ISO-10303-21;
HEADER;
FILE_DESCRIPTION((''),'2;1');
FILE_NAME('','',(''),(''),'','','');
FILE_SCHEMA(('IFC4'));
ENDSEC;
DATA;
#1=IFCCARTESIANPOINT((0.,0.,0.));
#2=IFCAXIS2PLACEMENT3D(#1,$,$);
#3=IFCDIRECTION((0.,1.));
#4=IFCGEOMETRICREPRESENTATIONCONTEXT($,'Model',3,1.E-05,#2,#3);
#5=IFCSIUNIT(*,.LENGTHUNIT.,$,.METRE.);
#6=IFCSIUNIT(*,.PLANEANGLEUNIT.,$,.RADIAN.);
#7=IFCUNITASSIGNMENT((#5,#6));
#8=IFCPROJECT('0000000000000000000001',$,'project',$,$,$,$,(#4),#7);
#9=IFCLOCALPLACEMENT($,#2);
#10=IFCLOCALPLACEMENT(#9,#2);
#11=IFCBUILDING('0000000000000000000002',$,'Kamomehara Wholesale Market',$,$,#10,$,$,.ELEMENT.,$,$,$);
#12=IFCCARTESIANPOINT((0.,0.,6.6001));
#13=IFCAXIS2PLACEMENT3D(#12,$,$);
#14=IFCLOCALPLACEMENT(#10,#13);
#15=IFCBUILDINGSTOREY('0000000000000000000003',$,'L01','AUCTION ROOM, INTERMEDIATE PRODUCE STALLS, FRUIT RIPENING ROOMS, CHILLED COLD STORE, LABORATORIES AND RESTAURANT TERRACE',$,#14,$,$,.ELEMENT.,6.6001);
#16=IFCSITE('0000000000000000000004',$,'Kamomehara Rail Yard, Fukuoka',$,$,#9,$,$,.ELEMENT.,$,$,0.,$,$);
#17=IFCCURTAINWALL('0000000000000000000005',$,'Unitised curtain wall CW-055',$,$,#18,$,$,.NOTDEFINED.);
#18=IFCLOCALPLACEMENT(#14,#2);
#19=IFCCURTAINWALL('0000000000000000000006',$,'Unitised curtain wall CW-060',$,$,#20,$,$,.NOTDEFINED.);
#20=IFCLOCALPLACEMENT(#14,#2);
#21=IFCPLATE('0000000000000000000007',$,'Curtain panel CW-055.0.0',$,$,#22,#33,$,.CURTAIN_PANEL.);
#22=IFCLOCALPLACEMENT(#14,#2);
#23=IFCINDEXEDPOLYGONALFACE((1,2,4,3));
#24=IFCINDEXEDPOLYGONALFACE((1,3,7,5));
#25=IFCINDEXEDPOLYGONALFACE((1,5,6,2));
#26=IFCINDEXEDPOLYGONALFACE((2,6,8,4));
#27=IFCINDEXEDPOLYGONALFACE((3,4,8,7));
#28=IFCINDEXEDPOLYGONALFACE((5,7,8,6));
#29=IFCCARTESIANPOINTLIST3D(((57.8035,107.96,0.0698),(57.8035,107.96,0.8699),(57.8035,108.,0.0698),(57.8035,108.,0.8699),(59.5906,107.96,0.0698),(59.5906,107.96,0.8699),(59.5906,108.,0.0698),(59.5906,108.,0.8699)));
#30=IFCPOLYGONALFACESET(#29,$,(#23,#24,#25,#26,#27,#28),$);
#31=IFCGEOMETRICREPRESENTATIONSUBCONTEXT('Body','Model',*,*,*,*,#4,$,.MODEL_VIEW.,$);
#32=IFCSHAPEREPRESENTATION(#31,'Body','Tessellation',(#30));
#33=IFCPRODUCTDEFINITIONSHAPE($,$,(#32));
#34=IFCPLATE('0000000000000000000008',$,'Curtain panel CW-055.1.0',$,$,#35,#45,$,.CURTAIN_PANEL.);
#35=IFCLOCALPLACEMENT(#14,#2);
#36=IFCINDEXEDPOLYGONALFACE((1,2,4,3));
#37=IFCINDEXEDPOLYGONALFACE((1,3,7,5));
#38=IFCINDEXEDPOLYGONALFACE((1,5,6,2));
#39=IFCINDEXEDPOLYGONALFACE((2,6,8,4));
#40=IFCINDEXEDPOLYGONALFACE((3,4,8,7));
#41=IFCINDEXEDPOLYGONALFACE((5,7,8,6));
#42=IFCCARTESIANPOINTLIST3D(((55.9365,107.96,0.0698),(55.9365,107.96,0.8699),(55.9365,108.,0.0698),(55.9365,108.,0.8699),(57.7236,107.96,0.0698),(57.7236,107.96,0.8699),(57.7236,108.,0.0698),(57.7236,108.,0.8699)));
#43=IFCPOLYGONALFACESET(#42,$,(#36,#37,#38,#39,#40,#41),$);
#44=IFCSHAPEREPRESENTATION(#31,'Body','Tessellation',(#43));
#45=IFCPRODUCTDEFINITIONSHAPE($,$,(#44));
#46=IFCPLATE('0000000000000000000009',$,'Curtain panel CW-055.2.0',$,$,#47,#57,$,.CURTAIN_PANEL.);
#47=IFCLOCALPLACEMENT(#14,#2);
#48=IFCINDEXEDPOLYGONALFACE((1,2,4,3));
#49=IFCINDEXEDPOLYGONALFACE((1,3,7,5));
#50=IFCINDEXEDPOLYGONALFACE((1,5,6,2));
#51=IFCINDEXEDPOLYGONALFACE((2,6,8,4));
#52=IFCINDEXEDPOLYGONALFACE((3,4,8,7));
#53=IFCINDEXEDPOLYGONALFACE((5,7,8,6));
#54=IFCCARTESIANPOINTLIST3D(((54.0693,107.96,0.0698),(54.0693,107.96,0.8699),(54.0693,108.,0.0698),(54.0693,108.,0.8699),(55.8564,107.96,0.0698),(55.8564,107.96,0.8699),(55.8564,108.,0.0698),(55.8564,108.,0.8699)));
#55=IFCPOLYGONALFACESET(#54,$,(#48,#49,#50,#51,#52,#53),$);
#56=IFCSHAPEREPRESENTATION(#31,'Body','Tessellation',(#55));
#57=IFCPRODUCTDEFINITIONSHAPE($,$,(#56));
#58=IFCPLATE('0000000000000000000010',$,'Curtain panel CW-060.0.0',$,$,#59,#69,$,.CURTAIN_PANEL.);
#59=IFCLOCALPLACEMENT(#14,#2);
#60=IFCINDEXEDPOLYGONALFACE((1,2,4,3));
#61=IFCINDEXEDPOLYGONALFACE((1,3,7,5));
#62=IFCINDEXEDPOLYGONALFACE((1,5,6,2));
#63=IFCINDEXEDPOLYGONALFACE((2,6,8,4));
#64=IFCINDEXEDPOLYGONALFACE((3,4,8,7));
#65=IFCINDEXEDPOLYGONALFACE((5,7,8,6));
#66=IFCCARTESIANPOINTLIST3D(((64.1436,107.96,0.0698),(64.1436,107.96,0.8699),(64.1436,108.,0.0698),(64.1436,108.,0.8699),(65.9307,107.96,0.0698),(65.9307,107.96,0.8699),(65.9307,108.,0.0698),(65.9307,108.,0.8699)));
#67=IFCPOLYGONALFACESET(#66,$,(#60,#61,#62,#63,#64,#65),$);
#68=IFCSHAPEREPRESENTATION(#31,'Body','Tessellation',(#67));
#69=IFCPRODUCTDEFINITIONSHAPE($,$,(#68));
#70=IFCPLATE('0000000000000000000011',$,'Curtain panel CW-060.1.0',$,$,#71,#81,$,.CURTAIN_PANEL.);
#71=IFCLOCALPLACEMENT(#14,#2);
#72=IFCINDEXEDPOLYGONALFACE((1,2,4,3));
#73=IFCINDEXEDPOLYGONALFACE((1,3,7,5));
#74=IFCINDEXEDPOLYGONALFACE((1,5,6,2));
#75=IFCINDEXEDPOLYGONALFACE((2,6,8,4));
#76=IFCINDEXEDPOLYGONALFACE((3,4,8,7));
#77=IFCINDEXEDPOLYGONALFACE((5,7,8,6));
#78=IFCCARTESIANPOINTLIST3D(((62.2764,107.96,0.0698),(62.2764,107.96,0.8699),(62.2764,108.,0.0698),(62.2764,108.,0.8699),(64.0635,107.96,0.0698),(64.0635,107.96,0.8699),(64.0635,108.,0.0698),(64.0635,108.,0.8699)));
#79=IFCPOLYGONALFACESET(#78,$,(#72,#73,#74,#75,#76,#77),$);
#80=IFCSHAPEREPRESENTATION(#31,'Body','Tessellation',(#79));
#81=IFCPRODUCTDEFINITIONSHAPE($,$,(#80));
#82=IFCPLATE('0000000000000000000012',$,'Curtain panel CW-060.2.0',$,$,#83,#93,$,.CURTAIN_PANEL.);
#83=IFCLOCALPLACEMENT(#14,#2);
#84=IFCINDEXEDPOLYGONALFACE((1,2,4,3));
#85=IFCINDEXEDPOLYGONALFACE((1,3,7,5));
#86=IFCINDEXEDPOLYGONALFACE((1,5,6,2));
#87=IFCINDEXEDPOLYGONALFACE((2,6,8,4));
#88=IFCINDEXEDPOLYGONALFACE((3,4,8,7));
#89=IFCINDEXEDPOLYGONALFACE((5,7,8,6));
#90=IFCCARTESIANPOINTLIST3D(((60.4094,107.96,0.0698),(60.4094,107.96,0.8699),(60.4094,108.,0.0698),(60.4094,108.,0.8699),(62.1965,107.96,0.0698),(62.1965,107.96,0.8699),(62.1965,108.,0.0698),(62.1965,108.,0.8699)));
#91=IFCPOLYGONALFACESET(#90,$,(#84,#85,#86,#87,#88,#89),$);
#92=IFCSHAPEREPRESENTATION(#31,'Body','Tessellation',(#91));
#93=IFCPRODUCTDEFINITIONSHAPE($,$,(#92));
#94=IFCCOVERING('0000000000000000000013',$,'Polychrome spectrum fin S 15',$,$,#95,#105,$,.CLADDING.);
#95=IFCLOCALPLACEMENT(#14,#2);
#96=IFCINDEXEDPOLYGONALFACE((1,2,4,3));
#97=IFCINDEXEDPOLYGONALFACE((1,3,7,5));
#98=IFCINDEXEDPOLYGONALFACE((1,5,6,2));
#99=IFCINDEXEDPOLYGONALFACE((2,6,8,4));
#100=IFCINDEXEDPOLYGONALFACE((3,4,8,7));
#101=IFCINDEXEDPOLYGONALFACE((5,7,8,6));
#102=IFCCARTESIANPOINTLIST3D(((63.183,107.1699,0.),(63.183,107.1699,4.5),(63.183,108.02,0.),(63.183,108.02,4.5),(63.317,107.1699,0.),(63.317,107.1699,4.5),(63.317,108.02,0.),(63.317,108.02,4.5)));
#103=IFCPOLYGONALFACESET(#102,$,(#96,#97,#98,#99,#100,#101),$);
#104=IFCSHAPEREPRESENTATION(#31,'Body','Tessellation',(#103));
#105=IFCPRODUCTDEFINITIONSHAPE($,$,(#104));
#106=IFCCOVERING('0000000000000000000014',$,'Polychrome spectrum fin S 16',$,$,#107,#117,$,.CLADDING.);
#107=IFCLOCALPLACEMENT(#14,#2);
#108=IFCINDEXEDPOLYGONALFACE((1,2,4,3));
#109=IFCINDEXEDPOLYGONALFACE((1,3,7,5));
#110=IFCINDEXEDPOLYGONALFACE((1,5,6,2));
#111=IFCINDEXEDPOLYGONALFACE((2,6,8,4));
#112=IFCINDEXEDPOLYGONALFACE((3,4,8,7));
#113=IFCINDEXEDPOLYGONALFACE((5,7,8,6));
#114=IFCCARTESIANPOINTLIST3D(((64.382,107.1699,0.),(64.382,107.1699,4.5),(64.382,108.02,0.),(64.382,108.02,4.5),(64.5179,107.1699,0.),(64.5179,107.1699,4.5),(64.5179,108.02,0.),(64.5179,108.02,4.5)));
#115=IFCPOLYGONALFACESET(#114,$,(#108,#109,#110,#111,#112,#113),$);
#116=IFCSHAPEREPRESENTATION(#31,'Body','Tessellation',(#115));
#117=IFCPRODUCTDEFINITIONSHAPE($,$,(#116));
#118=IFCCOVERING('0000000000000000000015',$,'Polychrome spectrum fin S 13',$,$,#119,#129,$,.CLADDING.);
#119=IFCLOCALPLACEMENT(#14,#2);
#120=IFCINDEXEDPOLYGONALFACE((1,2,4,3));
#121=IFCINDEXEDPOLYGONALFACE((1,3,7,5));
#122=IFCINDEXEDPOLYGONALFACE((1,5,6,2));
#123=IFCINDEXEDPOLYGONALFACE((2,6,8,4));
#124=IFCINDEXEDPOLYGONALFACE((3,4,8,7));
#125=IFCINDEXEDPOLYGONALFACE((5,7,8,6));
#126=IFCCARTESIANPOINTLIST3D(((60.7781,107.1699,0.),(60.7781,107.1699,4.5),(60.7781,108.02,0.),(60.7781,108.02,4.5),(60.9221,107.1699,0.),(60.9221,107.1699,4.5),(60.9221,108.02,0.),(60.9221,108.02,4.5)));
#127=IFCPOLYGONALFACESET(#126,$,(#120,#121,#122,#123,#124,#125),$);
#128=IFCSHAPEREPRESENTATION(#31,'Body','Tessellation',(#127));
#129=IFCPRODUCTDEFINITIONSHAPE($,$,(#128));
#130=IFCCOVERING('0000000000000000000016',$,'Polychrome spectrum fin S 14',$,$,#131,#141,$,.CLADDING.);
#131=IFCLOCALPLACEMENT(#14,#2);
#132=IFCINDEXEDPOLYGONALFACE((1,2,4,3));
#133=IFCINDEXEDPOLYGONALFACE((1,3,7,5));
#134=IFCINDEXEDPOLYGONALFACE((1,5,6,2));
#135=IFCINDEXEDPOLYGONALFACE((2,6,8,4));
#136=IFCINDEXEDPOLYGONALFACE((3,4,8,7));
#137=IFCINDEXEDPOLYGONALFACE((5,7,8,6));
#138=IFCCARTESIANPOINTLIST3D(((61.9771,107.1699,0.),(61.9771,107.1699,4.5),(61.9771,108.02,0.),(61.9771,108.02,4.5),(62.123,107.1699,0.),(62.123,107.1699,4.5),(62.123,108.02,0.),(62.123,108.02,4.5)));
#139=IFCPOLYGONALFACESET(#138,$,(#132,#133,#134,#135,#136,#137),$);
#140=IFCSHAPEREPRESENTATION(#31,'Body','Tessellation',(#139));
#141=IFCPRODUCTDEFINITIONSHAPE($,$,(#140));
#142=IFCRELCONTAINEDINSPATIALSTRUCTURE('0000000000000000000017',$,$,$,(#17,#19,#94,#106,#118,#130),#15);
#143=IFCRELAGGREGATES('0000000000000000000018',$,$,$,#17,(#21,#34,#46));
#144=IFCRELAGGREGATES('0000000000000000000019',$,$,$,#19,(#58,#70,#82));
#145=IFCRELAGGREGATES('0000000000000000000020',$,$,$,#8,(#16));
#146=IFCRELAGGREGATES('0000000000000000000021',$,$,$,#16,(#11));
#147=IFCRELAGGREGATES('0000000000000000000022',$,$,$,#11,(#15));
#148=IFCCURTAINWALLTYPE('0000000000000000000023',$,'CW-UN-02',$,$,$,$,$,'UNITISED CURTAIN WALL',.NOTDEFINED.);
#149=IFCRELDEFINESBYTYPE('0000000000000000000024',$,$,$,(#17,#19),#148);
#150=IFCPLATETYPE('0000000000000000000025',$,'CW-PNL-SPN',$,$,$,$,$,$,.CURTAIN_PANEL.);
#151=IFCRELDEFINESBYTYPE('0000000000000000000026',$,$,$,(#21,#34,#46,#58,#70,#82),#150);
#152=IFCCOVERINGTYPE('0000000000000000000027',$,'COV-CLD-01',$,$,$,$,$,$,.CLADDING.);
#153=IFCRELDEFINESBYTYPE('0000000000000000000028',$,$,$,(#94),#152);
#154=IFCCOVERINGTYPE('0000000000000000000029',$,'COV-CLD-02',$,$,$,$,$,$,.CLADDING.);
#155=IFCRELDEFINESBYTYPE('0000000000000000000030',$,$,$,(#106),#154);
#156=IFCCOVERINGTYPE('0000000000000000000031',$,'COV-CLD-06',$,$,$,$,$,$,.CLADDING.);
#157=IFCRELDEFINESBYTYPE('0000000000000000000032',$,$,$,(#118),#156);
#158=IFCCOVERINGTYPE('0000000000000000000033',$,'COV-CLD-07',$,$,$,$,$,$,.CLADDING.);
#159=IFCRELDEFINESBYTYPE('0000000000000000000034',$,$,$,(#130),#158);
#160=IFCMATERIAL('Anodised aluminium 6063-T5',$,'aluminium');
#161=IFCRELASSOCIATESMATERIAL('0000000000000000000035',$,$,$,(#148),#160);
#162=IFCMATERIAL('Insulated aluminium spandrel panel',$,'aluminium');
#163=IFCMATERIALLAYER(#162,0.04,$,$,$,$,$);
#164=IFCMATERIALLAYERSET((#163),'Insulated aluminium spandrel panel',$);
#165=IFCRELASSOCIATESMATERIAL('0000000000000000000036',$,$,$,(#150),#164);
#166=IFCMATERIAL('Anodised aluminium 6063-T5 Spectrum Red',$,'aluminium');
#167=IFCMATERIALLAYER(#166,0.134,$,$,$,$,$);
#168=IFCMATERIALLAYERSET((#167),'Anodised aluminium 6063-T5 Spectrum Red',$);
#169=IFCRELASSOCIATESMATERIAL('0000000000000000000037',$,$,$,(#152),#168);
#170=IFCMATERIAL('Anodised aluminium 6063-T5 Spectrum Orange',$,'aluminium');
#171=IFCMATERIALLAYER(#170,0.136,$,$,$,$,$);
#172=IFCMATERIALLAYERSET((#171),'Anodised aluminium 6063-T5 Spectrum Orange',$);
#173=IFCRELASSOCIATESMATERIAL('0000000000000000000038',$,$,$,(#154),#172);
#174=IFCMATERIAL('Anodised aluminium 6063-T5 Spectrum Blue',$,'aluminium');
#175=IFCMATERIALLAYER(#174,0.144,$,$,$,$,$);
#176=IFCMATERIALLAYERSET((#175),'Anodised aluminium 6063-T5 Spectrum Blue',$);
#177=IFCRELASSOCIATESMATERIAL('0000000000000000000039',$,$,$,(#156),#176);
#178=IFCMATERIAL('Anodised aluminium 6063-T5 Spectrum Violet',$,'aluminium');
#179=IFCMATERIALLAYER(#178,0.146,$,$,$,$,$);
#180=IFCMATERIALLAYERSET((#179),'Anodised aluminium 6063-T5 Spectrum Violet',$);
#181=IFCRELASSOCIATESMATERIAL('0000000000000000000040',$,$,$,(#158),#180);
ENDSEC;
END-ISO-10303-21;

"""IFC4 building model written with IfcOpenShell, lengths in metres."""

from ifc_helpers import new_model, si_unit, direction, frame, origin, origin_2d, place, context, subcontext, project, spatial, rectangle, extrude, material, layer, layer_set, type_object, element, aggregate, save


model = new_model("IFC4")

# Units and contexts
model_context = context("Model", 3, precision=1e-05, world=origin(), true_north=direction((0.0, 1.0)))
body_context = subcontext(model_context, "Body", "Model", "MODEL_VIEW")
ifc_project = project(units=[si_unit("LENGTHUNIT", "METRE"), si_unit("PLANEANGLEUNIT", "RADIAN")], contexts=[model_context])

# Site, building, storey
site_placement = place(None, origin())
site = spatial("IfcSite", under=ifc_project, at=site_placement, Name="Kamomehara Rail Yard, Fukuoka", CompositionType="ELEMENT", RefElevation=0.0)
building_placement = place(site_placement, origin())
building = spatial("IfcBuilding", under=site, at=building_placement, Name="Kamomehara Wholesale Market", CompositionType="ELEMENT")
storey_placement = place(building_placement, frame((0.0, 0.0, 6.6001)))
storey = spatial("IfcBuildingStorey", under=building, at=storey_placement, Name="L01", Description="AUCTION ROOM, INTERMEDIATE PRODUCE STALLS, FRUIT RIPENING ROOMS, CHILLED COLD STORE, LABORATORIES AND RESTAURANT TERRACE", CompositionType="ELEMENT", Elevation=6.6001)

# Curtain wall
ifc_material_1 = material(Name="Anodised aluminium 6063-T5", Category="aluminium")
curtain_wall_type = type_object("IfcCurtainWallType", Name="CW-UN-02", ElementType="UNITISED CURTAIN WALL", PredefinedType="NOTDEFINED", material=ifc_material_1)
curtain_wall_1_placement = place(storey_placement, origin())
curtain_wall_1 = element("IfcCurtainWall", 1, at=curtain_wall_1_placement, inside=storey, type_object=curtain_wall_type, Name="Unitised curtain wall CW-055", PredefinedType="NOTDEFINED")

# Curtain wall
curtain_wall_2_placement = place(storey_placement, origin())
curtain_wall_2 = element("IfcCurtainWall", 2, at=curtain_wall_2_placement, inside=storey, type_object=curtain_wall_type, Name="Unitised curtain wall CW-060", PredefinedType="NOTDEFINED")

# Plates
ifc_material_2 = material(Name="Insulated aluminium spandrel panel", Category="aluminium")
ifc_layer_1 = layer(ifc_material_2, 0.04)
ifc_layer_set_1 = layer_set([ifc_layer_1], Name="Insulated aluminium spandrel panel")
plate_type_1 = type_object("IfcPlateType", Name="CW-PNL-SPN", PredefinedType="CURTAIN_PANEL", material=ifc_layer_set_1)
plate_1_placement = place(storey_placement, frame((58.697, 107.98, 0.0698), z_axis=(0.0, 0.0, 1.0), x_axis=(-1.0, 0.0, 0.0)))
plate_1 = element("IfcPlate", 3, at=plate_1_placement, type_object=plate_type_1, Name="Curtain panel CW-055.0.0", PredefinedType="CURTAIN_PANEL", context=body_context, shape_type="SweptSolid", body=[
    extrude(rectangle(XDim=1.7871, YDim=0.04, at=origin_2d()), origin(), (0.0, 0.0, 1.0), 0.8),
])
plate_2_placement = place(storey_placement, frame((56.8301, 107.98, 0.0698), z_axis=(0.0, 0.0, 1.0), x_axis=(-1.0, 0.0, 0.0)))
plate_2 = element("IfcPlate", 4, at=plate_2_placement, type_object=plate_type_1, Name="Curtain panel CW-055.1.0", PredefinedType="CURTAIN_PANEL", context=body_context, shape_type="SweptSolid", body=[
    extrude(rectangle(XDim=1.7871, YDim=0.04, at=origin_2d()), origin(), (0.0, 0.0, 1.0), 0.8),
])
plate_3_placement = place(storey_placement, frame((54.9629, 107.98, 0.0698), z_axis=(0.0, 0.0, 1.0), x_axis=(-1.0, 0.0, 0.0)))
plate_3 = element("IfcPlate", 5, at=plate_3_placement, type_object=plate_type_1, Name="Curtain panel CW-055.2.0", PredefinedType="CURTAIN_PANEL", context=body_context, shape_type="SweptSolid", body=[
    extrude(rectangle(XDim=1.7871, YDim=0.04, at=origin_2d()), origin(), (0.0, 0.0, 1.0), 0.8),
])
aggregate(curtain_wall_1, [plate_1, plate_2, plate_3])
plate_4_placement = place(storey_placement, frame((65.0371, 107.98, 0.0698), z_axis=(0.0, 0.0, 1.0), x_axis=(-1.0, 0.0, 0.0)))
plate_4 = element("IfcPlate", 6, at=plate_4_placement, type_object=plate_type_1, Name="Curtain panel CW-060.0.0", PredefinedType="CURTAIN_PANEL", context=body_context, shape_type="SweptSolid", body=[
    extrude(rectangle(XDim=1.7871, YDim=0.04, at=origin_2d()), origin(), (0.0, 0.0, 1.0), 0.8),
])
plate_5_placement = place(storey_placement, frame((63.1699, 107.98, 0.0698), z_axis=(0.0, 0.0, 1.0), x_axis=(-1.0, 0.0, 0.0)))
plate_5 = element("IfcPlate", 7, at=plate_5_placement, type_object=plate_type_1, Name="Curtain panel CW-060.1.0", PredefinedType="CURTAIN_PANEL", context=body_context, shape_type="SweptSolid", body=[
    extrude(rectangle(XDim=1.7871, YDim=0.04, at=origin_2d()), origin(), (0.0, 0.0, 1.0), 0.8),
])
plate_6_placement = place(storey_placement, frame((61.303, 107.98, 0.0698), z_axis=(0.0, 0.0, 1.0), x_axis=(-1.0, 0.0, 0.0)))
plate_6 = element("IfcPlate", 8, at=plate_6_placement, type_object=plate_type_1, Name="Curtain panel CW-060.2.0", PredefinedType="CURTAIN_PANEL", context=body_context, shape_type="SweptSolid", body=[
    extrude(rectangle(XDim=1.7871, YDim=0.04, at=origin_2d()), origin(), (0.0, 0.0, 1.0), 0.8),
])
aggregate(curtain_wall_2, [plate_4, plate_5, plate_6])

# Coverings
ifc_material_3 = material(Name="Anodised aluminium 6063-T5 Spectrum Red", Category="aluminium")
ifc_layer_2 = layer(ifc_material_3, 0.134)
ifc_layer_set_2 = layer_set([ifc_layer_2], Name="Anodised aluminium 6063-T5 Spectrum Red")
covering_type_1 = type_object("IfcCoveringType", Name="COV-CLD-01", PredefinedType="CLADDING", material=ifc_layer_set_2)
covering_1_placement = place(storey_placement, frame((63.25, 107.595, 0.0), z_axis=(0.0, 0.0, 1.0), x_axis=(1.0, 0.0, 0.0)))
element("IfcCovering", 9, at=covering_1_placement, inside=storey, type_object=covering_type_1, Name="Polychrome spectrum fin S 15", PredefinedType="CLADDING", context=body_context, shape_type="SweptSolid", body=[
    extrude(rectangle(XDim=0.134, YDim=0.8501, at=origin_2d()), origin(), (0.0, 0.0, 1.0), 4.5),
])
ifc_material_4 = material(Name="Anodised aluminium 6063-T5 Spectrum Orange", Category="aluminium")
ifc_layer_3 = layer(ifc_material_4, 0.136)
ifc_layer_set_3 = layer_set([ifc_layer_3], Name="Anodised aluminium 6063-T5 Spectrum Orange")
covering_type_2 = type_object("IfcCoveringType", Name="COV-CLD-02", PredefinedType="CLADDING", material=ifc_layer_set_3)
covering_2_placement = place(storey_placement, frame((64.45, 107.595, 0.0), z_axis=(0.0, 0.0, 1.0), x_axis=(1.0, 0.0, 0.0)))
element("IfcCovering", 10, at=covering_2_placement, inside=storey, type_object=covering_type_2, Name="Polychrome spectrum fin S 16", PredefinedType="CLADDING", context=body_context, shape_type="SweptSolid", body=[
    extrude(rectangle(XDim=0.136, YDim=0.8501, at=origin_2d()), origin(), (0.0, 0.0, 1.0), 4.5),
])
ifc_material_5 = material(Name="Anodised aluminium 6063-T5 Spectrum Blue", Category="aluminium")
ifc_layer_4 = layer(ifc_material_5, 0.144)
ifc_layer_set_4 = layer_set([ifc_layer_4], Name="Anodised aluminium 6063-T5 Spectrum Blue")
covering_type_3 = type_object("IfcCoveringType", Name="COV-CLD-06", PredefinedType="CLADDING", material=ifc_layer_set_4)
covering_3_placement = place(storey_placement, frame((60.8501, 107.595, 0.0), z_axis=(0.0, 0.0, 1.0), x_axis=(1.0, 0.0, 0.0)))
element("IfcCovering", 11, at=covering_3_placement, inside=storey, type_object=covering_type_3, Name="Polychrome spectrum fin S 13", PredefinedType="CLADDING", context=body_context, shape_type="SweptSolid", body=[
    extrude(rectangle(XDim=0.144, YDim=0.8501, at=origin_2d()), origin(), (0.0, 0.0, 1.0), 4.5),
])
ifc_material_6 = material(Name="Anodised aluminium 6063-T5 Spectrum Violet", Category="aluminium")
ifc_layer_5 = layer(ifc_material_6, 0.146)
ifc_layer_set_5 = layer_set([ifc_layer_5], Name="Anodised aluminium 6063-T5 Spectrum Violet")
covering_type_4 = type_object("IfcCoveringType", Name="COV-CLD-07", PredefinedType="CLADDING", material=ifc_layer_set_5)
covering_4_placement = place(storey_placement, frame((62.05, 107.595, 0.0), z_axis=(0.0, 0.0, 1.0), x_axis=(1.0, 0.0, 0.0)))
element("IfcCovering", 12, at=covering_4_placement, inside=storey, type_object=covering_type_4, Name="Polychrome spectrum fin S 14", PredefinedType="CLADDING", context=body_context, shape_type="SweptSolid", body=[
    extrude(rectangle(XDim=0.146, YDim=0.8501, at=origin_2d()), origin(), (0.0, 0.0, 1.0), 4.5),
])

save(model, "model.ifc")
